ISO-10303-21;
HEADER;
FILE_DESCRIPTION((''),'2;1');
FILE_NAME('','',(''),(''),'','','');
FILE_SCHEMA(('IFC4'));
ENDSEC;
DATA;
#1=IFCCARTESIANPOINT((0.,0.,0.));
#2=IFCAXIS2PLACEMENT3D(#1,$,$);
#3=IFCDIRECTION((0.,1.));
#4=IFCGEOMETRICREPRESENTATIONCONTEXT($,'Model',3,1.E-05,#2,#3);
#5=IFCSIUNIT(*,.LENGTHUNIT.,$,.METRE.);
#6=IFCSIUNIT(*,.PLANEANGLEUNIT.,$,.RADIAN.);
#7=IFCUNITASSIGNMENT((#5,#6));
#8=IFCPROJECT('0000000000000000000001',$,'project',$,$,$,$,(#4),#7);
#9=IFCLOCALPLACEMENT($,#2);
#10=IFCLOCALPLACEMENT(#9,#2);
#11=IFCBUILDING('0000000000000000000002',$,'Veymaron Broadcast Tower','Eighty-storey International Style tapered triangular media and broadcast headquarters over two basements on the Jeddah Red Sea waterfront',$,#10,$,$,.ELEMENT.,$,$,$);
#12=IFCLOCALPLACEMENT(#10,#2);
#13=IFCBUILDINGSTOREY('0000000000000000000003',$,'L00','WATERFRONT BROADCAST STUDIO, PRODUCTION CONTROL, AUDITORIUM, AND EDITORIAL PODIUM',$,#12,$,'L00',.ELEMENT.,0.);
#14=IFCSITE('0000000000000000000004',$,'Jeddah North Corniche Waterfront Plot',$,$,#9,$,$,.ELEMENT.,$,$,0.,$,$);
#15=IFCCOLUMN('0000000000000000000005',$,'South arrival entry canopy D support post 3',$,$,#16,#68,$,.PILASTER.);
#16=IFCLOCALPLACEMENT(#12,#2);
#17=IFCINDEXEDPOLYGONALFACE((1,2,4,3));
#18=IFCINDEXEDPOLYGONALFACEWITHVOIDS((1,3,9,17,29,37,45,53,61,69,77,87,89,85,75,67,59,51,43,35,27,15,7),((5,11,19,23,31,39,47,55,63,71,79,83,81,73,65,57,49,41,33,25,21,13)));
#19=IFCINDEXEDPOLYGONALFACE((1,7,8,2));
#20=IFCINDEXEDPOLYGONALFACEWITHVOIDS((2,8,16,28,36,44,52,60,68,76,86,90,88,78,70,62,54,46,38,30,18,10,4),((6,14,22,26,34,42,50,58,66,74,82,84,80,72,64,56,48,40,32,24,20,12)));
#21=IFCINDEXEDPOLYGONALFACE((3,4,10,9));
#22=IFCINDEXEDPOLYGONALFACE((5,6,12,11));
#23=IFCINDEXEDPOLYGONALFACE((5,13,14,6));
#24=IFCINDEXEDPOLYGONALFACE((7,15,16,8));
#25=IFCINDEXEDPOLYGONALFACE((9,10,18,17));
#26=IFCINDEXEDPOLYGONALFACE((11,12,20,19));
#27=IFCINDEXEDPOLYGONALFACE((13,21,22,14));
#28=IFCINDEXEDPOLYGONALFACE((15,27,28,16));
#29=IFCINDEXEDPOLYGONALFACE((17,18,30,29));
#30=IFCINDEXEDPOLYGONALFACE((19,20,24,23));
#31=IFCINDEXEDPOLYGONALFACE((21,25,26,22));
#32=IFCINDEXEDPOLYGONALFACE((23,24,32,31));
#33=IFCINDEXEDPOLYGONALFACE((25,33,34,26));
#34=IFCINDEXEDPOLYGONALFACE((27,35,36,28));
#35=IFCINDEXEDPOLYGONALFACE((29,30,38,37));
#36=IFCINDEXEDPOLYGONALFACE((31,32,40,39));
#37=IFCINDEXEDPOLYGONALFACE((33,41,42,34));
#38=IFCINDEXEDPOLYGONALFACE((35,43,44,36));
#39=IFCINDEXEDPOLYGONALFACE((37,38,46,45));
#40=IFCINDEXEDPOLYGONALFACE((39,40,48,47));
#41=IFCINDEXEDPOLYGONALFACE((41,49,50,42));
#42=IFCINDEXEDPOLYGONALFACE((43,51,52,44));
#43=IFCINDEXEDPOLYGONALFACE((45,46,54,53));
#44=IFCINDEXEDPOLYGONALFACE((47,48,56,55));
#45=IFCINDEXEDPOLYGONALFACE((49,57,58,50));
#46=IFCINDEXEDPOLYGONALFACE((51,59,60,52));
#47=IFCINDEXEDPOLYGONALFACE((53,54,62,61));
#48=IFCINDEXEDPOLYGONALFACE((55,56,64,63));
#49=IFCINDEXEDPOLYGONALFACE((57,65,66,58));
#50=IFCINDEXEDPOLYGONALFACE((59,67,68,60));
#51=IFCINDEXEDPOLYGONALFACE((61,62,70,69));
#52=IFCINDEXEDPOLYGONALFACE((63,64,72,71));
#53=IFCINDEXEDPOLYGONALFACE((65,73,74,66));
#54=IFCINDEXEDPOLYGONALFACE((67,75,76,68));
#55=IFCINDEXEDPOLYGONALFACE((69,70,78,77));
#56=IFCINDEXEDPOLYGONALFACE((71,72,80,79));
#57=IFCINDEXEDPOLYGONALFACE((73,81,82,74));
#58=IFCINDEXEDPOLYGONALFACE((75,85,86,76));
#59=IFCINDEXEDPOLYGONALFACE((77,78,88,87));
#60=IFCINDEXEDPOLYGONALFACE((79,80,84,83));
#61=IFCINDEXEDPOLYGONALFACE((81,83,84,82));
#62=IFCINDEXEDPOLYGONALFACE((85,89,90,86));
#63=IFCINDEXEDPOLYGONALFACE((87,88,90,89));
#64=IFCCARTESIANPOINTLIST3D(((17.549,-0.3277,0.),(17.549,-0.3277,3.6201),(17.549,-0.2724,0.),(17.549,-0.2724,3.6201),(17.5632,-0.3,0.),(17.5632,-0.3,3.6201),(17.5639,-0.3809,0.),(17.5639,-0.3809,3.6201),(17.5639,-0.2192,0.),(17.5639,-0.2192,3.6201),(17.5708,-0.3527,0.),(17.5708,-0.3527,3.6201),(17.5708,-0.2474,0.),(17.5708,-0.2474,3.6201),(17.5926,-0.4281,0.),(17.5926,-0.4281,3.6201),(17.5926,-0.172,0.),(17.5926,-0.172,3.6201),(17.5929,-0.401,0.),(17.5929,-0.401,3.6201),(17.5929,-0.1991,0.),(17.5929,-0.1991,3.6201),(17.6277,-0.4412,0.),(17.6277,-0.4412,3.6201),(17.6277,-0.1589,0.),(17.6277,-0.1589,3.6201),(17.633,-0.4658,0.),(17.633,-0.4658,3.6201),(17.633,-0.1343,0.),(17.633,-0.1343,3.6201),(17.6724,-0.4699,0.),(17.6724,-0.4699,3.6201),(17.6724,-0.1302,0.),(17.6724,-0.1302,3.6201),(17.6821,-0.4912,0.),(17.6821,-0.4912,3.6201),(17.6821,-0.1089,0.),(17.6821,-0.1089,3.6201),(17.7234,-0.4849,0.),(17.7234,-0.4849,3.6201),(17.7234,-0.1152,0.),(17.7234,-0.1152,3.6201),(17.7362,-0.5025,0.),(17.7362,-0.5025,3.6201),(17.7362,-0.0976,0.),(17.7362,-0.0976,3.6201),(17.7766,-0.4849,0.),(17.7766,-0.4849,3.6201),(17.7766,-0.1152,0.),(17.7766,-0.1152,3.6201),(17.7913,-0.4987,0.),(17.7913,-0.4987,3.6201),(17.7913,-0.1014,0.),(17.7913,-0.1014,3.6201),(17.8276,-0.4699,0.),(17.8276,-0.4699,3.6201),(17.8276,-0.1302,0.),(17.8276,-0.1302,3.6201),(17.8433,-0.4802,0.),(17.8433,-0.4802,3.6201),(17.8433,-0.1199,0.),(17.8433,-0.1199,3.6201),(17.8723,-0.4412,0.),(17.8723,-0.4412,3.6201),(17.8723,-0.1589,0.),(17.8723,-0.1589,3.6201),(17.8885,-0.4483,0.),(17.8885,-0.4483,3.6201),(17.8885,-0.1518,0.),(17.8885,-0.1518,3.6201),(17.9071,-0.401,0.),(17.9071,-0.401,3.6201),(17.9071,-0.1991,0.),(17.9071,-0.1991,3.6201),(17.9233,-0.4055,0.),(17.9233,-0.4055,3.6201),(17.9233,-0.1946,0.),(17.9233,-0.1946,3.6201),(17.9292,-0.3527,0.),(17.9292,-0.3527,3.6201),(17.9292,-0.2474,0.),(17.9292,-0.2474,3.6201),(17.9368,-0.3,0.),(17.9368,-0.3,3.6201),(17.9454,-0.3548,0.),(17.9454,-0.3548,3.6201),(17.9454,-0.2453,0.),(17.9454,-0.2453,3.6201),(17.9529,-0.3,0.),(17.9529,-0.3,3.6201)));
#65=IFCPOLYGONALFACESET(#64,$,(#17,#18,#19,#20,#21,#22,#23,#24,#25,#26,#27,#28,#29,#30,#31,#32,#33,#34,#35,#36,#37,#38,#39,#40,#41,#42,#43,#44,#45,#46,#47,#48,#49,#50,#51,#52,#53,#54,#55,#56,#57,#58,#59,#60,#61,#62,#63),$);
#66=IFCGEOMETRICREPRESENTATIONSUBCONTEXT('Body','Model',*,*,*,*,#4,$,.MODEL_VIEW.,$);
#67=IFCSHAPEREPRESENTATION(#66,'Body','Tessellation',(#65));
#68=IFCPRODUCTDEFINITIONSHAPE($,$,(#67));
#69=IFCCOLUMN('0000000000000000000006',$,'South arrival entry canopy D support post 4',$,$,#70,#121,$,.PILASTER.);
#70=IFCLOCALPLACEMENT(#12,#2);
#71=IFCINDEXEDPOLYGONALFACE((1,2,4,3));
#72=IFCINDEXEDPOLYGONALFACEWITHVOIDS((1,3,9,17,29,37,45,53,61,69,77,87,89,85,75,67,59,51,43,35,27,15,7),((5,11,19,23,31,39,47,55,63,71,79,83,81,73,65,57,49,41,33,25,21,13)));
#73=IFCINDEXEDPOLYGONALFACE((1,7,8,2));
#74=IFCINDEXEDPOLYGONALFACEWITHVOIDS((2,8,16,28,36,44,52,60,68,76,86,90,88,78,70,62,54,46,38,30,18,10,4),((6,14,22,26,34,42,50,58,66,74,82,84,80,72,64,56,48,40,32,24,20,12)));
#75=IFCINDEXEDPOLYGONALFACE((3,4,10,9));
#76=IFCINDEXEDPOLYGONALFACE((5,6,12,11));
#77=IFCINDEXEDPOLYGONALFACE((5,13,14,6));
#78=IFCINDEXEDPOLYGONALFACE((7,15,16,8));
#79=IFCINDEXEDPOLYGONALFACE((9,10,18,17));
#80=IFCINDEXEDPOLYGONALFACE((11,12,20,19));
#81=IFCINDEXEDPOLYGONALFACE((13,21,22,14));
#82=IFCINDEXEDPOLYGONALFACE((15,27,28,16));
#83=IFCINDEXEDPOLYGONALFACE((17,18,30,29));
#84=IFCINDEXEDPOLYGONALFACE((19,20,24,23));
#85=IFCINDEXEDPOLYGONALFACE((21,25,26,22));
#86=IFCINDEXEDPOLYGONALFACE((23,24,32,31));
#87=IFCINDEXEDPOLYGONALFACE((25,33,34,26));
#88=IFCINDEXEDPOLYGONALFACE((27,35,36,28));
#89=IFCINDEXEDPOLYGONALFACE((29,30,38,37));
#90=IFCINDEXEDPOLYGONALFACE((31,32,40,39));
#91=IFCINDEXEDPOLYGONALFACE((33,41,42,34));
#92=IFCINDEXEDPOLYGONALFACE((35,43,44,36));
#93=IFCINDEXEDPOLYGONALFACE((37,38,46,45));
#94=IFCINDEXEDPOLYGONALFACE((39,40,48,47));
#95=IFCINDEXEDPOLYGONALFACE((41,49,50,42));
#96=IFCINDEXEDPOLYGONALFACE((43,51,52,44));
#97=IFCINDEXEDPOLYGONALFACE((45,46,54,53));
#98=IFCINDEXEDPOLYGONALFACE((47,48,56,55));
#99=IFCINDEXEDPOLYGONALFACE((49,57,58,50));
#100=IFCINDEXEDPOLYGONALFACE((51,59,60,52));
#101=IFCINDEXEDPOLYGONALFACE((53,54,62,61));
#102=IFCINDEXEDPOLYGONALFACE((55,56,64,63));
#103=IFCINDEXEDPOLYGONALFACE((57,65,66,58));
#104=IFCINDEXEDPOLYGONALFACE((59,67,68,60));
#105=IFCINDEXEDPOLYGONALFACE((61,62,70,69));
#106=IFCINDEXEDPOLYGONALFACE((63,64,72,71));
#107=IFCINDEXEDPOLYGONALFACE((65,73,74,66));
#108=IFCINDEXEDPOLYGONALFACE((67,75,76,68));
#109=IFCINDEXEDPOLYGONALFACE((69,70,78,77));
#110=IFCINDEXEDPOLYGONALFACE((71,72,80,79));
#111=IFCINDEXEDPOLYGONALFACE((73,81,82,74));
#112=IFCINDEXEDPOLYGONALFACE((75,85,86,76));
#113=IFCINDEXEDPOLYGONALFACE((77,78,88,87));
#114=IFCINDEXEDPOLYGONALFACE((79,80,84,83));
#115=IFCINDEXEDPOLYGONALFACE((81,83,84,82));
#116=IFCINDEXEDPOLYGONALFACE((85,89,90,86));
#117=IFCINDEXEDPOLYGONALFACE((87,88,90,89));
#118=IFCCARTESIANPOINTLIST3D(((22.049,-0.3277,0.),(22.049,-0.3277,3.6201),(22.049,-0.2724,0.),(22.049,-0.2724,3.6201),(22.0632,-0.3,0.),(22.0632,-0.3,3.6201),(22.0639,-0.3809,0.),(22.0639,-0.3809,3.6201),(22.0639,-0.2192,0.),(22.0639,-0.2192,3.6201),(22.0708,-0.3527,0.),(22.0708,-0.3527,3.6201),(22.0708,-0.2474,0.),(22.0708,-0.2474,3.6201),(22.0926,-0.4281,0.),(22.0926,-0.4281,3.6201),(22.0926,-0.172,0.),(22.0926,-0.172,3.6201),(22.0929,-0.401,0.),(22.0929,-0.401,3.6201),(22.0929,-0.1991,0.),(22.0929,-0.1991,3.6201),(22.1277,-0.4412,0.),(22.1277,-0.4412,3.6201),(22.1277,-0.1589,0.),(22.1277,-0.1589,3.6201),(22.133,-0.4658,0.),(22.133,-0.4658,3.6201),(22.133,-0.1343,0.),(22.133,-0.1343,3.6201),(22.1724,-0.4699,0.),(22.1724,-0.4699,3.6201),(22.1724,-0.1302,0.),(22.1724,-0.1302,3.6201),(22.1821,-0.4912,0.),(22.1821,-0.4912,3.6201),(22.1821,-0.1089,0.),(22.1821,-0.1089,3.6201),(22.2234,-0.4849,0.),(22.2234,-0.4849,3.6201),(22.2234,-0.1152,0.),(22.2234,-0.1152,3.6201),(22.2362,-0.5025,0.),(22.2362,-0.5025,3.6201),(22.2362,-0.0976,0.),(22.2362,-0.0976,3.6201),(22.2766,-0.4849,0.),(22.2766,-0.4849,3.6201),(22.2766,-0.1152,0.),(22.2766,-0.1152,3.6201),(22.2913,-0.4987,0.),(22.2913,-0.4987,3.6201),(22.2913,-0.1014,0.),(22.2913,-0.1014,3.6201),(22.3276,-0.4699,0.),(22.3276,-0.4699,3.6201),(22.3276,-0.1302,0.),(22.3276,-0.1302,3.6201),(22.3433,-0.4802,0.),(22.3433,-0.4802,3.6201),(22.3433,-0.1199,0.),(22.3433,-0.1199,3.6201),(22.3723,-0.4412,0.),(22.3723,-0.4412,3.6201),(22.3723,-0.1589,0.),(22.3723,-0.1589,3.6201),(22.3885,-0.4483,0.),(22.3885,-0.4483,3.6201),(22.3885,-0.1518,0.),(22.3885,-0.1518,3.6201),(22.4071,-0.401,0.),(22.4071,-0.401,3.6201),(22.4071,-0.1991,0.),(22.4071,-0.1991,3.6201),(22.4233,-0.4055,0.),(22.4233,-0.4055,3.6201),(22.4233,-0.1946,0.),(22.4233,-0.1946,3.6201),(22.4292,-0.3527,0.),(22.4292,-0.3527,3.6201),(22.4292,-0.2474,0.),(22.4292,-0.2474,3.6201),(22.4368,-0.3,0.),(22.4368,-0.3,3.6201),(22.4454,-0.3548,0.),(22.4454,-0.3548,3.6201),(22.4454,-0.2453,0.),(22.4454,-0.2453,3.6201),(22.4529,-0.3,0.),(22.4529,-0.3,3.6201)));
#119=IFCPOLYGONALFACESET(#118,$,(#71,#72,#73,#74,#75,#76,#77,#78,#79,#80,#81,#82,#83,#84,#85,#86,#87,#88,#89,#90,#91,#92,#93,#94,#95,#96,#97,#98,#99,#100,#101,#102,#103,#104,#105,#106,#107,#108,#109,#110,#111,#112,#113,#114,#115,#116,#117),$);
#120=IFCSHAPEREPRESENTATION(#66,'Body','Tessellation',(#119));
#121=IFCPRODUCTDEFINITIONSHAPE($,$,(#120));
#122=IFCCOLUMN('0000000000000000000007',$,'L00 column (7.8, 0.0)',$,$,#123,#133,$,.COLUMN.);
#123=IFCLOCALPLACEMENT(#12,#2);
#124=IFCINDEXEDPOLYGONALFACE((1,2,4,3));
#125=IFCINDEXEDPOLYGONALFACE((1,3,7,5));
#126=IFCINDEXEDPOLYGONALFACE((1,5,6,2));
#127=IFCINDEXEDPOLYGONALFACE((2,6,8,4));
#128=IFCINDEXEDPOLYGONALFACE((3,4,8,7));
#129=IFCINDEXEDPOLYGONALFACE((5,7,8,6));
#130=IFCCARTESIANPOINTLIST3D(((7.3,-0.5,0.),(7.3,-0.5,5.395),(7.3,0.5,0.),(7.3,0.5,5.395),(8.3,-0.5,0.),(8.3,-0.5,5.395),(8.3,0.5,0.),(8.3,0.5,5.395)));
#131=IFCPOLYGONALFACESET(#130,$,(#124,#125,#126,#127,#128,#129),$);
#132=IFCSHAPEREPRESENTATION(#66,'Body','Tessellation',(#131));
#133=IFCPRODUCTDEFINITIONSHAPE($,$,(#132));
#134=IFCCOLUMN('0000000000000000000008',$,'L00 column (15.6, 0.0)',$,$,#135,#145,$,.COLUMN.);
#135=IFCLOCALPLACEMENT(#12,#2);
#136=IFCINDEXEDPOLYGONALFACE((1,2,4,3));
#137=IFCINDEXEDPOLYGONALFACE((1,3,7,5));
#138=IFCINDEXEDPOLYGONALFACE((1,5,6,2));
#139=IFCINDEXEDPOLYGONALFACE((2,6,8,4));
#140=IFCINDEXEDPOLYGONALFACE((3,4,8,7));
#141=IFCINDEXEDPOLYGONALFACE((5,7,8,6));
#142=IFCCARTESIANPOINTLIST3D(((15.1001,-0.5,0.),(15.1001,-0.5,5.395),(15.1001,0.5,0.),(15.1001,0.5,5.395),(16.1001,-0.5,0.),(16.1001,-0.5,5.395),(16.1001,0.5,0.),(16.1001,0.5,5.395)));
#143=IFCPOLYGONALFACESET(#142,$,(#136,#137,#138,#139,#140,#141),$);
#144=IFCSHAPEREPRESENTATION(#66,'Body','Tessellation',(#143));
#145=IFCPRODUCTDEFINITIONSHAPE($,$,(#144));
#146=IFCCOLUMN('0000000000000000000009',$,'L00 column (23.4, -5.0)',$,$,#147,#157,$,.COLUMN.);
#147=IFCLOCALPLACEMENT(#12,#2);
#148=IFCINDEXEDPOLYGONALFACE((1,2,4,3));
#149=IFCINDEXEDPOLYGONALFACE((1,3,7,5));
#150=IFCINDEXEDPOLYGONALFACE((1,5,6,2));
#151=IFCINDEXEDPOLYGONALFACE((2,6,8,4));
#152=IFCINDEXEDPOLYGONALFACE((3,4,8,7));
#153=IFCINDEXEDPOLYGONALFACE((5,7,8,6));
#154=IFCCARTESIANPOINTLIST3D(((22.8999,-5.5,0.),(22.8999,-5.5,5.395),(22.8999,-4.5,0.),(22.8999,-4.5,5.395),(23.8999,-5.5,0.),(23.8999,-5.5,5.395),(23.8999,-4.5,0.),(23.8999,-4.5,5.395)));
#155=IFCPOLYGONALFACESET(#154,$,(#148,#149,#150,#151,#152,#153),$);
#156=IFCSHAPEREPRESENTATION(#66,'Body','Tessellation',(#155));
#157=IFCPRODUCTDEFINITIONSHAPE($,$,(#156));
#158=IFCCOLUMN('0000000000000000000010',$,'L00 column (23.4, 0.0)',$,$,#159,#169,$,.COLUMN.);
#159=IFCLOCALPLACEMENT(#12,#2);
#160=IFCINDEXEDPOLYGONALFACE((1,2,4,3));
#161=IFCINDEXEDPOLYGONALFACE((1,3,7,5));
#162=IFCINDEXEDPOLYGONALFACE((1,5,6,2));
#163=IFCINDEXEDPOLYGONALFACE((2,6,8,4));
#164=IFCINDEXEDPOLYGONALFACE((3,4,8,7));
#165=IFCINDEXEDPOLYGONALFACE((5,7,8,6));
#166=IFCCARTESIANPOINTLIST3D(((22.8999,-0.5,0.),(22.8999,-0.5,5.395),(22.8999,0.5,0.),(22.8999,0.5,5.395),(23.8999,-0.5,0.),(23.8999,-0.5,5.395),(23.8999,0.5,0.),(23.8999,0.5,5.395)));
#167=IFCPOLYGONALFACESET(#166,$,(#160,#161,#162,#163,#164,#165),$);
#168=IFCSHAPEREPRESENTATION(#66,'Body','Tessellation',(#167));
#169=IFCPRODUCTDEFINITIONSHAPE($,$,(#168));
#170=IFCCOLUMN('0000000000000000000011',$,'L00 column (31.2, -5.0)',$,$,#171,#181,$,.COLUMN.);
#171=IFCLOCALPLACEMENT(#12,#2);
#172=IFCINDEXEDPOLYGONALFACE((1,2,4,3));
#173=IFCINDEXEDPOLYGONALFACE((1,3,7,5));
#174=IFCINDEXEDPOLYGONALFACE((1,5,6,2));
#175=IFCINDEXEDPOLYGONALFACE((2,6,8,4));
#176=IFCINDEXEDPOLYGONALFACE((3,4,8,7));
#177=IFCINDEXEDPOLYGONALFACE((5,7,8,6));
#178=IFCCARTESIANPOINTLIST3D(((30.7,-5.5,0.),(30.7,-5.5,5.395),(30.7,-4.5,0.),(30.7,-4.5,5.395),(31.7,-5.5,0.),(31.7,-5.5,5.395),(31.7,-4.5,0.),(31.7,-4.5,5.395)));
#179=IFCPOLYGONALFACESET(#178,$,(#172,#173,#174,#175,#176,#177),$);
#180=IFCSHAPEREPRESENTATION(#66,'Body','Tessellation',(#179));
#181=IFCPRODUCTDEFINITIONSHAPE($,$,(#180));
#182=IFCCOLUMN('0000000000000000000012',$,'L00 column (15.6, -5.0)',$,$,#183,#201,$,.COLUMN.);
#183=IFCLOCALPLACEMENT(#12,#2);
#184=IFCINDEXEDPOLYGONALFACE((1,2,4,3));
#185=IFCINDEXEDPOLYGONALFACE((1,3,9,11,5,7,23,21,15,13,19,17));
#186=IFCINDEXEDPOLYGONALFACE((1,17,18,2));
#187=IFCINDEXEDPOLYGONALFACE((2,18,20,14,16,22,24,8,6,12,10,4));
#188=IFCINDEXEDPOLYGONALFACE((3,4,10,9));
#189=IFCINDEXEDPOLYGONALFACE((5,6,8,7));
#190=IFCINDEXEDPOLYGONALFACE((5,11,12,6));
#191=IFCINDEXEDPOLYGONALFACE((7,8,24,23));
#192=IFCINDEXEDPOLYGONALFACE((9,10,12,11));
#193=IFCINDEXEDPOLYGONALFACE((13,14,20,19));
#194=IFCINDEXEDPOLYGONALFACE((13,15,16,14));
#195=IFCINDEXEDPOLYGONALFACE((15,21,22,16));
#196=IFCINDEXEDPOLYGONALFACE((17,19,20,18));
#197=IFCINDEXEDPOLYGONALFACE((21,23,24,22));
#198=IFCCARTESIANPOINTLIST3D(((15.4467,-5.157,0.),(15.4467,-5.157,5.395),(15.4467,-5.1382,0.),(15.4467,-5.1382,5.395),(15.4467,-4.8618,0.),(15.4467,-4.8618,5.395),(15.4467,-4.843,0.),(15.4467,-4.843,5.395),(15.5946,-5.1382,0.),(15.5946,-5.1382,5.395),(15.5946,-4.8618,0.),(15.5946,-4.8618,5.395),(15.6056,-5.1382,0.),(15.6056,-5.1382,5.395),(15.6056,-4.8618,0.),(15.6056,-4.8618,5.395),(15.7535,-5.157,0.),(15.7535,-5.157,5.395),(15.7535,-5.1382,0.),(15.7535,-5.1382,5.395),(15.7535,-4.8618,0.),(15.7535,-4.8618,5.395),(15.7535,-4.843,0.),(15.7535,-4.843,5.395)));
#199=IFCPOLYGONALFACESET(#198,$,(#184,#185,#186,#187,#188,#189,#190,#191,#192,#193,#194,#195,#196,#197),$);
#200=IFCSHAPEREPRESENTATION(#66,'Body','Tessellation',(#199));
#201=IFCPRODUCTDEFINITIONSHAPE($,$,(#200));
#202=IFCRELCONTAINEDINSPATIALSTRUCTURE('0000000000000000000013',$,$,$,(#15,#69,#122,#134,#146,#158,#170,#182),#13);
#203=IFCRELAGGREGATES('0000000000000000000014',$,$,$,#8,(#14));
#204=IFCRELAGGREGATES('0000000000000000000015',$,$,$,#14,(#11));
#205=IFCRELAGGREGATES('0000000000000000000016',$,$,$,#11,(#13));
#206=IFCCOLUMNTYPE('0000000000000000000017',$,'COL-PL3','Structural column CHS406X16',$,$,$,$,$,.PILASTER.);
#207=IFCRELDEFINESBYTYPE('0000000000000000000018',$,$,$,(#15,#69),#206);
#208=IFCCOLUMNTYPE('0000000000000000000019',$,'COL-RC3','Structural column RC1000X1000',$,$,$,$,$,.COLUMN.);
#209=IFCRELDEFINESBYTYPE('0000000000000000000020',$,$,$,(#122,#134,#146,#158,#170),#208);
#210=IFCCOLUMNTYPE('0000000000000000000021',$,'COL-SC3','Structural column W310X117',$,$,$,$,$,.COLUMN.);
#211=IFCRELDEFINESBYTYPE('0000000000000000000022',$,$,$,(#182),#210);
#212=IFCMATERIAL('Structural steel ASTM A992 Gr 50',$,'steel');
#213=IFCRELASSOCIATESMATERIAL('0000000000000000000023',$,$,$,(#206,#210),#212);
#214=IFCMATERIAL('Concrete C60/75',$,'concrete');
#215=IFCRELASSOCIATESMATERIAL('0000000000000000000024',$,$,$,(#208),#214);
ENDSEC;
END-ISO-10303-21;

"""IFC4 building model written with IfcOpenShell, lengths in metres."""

from ifc_helpers import new_model, si_unit, direction, frame, origin, origin_2d, place, context, subcontext, project, spatial, rectangle, hollow_circle, i_section, extrude, material, material_profile, profile_set, type_object, element, save


model = new_model("IFC4")

# Units and contexts
model_context = context("Model", 3, precision=1e-05, world=origin(), true_north=direction((0.0, 1.0)))
body_context = subcontext(model_context, "Body", "Model", "MODEL_VIEW")
ifc_project = project(units=[si_unit("LENGTHUNIT", "METRE"), si_unit("PLANEANGLEUNIT", "RADIAN")], contexts=[model_context])

# Site, building, storey
site_placement = place(None, origin())
site = spatial("IfcSite", under=ifc_project, at=site_placement, Name="Jeddah North Corniche Waterfront Plot", CompositionType="ELEMENT", RefElevation=0.0)
building_placement = place(site_placement, origin())
building = spatial("IfcBuilding", under=site, at=building_placement, Name="Veymaron Broadcast Tower", Description="Eighty-storey International Style tapered triangular media and broadcast headquarters over two basements on the Jeddah Red Sea waterfront", CompositionType="ELEMENT")
storey_placement = place(building_placement, origin())
storey = spatial("IfcBuildingStorey", under=building, at=storey_placement, Name="L00", Description="WATERFRONT BROADCAST STUDIO, PRODUCTION CONTROL, AUDITORIUM, AND EDITORIAL PODIUM", LongName="L00", CompositionType="ELEMENT", Elevation=0.0)

# Columns
ifc_material_1 = material(Name="Structural steel ASTM A992 Gr 50", Category="steel")
ifc_material_profile_1 = material_profile(ifc_material_1, hollow_circle(Radius=0.2029, WallThickness=0.0161, at=origin_2d()), Name="CHS406X16")
ifc_profile_set_1 = profile_set([ifc_material_profile_1], Name="Structural steel ASTM A992 Gr 50")
column_type_1 = type_object("IfcColumnType", Name="COL-PL3", Description="Structural column CHS406X16", PredefinedType="PILASTER", material=ifc_profile_set_1)
for number, where, z_axis, x_axis, name in (
    (1, (17.75, -0.3, 0.0), (0.0, 0.0, 1.0), (1.0, 0.0, 0.0), "South arrival entry canopy D support post 3"),
    (2, (22.25, -0.3, 0.0), (0.0, 0.0, 1.0), (1.0, 0.0, 0.0), "South arrival entry canopy D support post 4"),
):
    element("IfcColumn", number, at=place(storey_placement, frame(where, z_axis=z_axis, x_axis=x_axis)), inside=storey, type_object=column_type_1, Name=name, PredefinedType="PILASTER", context=body_context, shape_type="SweptSolid", body=[
        extrude(hollow_circle(Radius=0.2029, WallThickness=0.0161, at=origin_2d()), origin(), (0.0, 0.0, 1.0), 3.6201),
    ])
ifc_material_2 = material(Name="Concrete C60/75", Category="concrete")
ifc_material_profile_2 = material_profile(ifc_material_2, rectangle(XDim=1.0, YDim=1.0, at=origin_2d()), Name="RC1000X1000")
ifc_profile_set_2 = profile_set([ifc_material_profile_2], Name="Concrete C60/75")
column_type_2 = type_object("IfcColumnType", Name="COL-RC3", Description="Structural column RC1000X1000", PredefinedType="COLUMN", material=ifc_profile_set_2)
for number, where, z_axis, x_axis, name in (
    (3, (7.8, 0.0, 0.0), (0.0, 0.0, 1.0), (1.0, 0.0, 0.0), "L00 column (7.8, 0.0)"),
    (4, (15.6001, 0.0, 0.0), (0.0, 0.0, 1.0), (1.0, 0.0, 0.0), "L00 column (15.6, 0.0)"),
    (5, (23.3999, -5.0, 0.0), (0.0, 0.0, 1.0), (1.0, 0.0, 0.0), "L00 column (23.4, -5.0)"),
    (6, (23.3999, 0.0, 0.0), (0.0, 0.0, 1.0), (1.0, 0.0, 0.0), "L00 column (23.4, 0.0)"),
    (7, (31.2, -5.0, 0.0), (0.0, 0.0, 1.0), (1.0, 0.0, 0.0), "L00 column (31.2, -5.0)"),
):
    element("IfcColumn", number, at=place(storey_placement, frame(where, z_axis=z_axis, x_axis=x_axis)), inside=storey, type_object=column_type_2, Name=name, PredefinedType="COLUMN", context=body_context, shape_type="SweptSolid", body=[
        extrude(rectangle(XDim=1.0, YDim=1.0, at=origin_2d()), origin(), (0.0, 0.0, 1.0), 5.395),
    ])
ifc_material_profile_3 = material_profile(ifc_material_1, i_section(OverallWidth=0.3069, OverallDepth=0.314, WebThickness=0.011, FlangeThickness=0.0188, at=origin_2d()), Name="W310X117")
ifc_profile_set_3 = profile_set([ifc_material_profile_3], Name="Structural steel ASTM A992 Gr 50")
column_type_3 = type_object("IfcColumnType", Name="COL-SC3", Description="Structural column W310X117", PredefinedType="COLUMN", material=ifc_profile_set_3)
column_placement = place(storey_placement, frame((15.6001, -5.0, 0.0), z_axis=(0.0, 0.0, 1.0), x_axis=(1.0, 0.0, 0.0)))
element("IfcColumn", 8, at=column_placement, inside=storey, type_object=column_type_3, Name="L00 column (15.6, -5.0)", PredefinedType="COLUMN", context=body_context, shape_type="SweptSolid", body=[
    extrude(i_section(OverallWidth=0.3069, OverallDepth=0.314, WebThickness=0.011, FlangeThickness=0.0188, at=origin_2d()), origin(), (0.0, 0.0, 1.0), 5.395),
])

save(model, "model.ifc")
